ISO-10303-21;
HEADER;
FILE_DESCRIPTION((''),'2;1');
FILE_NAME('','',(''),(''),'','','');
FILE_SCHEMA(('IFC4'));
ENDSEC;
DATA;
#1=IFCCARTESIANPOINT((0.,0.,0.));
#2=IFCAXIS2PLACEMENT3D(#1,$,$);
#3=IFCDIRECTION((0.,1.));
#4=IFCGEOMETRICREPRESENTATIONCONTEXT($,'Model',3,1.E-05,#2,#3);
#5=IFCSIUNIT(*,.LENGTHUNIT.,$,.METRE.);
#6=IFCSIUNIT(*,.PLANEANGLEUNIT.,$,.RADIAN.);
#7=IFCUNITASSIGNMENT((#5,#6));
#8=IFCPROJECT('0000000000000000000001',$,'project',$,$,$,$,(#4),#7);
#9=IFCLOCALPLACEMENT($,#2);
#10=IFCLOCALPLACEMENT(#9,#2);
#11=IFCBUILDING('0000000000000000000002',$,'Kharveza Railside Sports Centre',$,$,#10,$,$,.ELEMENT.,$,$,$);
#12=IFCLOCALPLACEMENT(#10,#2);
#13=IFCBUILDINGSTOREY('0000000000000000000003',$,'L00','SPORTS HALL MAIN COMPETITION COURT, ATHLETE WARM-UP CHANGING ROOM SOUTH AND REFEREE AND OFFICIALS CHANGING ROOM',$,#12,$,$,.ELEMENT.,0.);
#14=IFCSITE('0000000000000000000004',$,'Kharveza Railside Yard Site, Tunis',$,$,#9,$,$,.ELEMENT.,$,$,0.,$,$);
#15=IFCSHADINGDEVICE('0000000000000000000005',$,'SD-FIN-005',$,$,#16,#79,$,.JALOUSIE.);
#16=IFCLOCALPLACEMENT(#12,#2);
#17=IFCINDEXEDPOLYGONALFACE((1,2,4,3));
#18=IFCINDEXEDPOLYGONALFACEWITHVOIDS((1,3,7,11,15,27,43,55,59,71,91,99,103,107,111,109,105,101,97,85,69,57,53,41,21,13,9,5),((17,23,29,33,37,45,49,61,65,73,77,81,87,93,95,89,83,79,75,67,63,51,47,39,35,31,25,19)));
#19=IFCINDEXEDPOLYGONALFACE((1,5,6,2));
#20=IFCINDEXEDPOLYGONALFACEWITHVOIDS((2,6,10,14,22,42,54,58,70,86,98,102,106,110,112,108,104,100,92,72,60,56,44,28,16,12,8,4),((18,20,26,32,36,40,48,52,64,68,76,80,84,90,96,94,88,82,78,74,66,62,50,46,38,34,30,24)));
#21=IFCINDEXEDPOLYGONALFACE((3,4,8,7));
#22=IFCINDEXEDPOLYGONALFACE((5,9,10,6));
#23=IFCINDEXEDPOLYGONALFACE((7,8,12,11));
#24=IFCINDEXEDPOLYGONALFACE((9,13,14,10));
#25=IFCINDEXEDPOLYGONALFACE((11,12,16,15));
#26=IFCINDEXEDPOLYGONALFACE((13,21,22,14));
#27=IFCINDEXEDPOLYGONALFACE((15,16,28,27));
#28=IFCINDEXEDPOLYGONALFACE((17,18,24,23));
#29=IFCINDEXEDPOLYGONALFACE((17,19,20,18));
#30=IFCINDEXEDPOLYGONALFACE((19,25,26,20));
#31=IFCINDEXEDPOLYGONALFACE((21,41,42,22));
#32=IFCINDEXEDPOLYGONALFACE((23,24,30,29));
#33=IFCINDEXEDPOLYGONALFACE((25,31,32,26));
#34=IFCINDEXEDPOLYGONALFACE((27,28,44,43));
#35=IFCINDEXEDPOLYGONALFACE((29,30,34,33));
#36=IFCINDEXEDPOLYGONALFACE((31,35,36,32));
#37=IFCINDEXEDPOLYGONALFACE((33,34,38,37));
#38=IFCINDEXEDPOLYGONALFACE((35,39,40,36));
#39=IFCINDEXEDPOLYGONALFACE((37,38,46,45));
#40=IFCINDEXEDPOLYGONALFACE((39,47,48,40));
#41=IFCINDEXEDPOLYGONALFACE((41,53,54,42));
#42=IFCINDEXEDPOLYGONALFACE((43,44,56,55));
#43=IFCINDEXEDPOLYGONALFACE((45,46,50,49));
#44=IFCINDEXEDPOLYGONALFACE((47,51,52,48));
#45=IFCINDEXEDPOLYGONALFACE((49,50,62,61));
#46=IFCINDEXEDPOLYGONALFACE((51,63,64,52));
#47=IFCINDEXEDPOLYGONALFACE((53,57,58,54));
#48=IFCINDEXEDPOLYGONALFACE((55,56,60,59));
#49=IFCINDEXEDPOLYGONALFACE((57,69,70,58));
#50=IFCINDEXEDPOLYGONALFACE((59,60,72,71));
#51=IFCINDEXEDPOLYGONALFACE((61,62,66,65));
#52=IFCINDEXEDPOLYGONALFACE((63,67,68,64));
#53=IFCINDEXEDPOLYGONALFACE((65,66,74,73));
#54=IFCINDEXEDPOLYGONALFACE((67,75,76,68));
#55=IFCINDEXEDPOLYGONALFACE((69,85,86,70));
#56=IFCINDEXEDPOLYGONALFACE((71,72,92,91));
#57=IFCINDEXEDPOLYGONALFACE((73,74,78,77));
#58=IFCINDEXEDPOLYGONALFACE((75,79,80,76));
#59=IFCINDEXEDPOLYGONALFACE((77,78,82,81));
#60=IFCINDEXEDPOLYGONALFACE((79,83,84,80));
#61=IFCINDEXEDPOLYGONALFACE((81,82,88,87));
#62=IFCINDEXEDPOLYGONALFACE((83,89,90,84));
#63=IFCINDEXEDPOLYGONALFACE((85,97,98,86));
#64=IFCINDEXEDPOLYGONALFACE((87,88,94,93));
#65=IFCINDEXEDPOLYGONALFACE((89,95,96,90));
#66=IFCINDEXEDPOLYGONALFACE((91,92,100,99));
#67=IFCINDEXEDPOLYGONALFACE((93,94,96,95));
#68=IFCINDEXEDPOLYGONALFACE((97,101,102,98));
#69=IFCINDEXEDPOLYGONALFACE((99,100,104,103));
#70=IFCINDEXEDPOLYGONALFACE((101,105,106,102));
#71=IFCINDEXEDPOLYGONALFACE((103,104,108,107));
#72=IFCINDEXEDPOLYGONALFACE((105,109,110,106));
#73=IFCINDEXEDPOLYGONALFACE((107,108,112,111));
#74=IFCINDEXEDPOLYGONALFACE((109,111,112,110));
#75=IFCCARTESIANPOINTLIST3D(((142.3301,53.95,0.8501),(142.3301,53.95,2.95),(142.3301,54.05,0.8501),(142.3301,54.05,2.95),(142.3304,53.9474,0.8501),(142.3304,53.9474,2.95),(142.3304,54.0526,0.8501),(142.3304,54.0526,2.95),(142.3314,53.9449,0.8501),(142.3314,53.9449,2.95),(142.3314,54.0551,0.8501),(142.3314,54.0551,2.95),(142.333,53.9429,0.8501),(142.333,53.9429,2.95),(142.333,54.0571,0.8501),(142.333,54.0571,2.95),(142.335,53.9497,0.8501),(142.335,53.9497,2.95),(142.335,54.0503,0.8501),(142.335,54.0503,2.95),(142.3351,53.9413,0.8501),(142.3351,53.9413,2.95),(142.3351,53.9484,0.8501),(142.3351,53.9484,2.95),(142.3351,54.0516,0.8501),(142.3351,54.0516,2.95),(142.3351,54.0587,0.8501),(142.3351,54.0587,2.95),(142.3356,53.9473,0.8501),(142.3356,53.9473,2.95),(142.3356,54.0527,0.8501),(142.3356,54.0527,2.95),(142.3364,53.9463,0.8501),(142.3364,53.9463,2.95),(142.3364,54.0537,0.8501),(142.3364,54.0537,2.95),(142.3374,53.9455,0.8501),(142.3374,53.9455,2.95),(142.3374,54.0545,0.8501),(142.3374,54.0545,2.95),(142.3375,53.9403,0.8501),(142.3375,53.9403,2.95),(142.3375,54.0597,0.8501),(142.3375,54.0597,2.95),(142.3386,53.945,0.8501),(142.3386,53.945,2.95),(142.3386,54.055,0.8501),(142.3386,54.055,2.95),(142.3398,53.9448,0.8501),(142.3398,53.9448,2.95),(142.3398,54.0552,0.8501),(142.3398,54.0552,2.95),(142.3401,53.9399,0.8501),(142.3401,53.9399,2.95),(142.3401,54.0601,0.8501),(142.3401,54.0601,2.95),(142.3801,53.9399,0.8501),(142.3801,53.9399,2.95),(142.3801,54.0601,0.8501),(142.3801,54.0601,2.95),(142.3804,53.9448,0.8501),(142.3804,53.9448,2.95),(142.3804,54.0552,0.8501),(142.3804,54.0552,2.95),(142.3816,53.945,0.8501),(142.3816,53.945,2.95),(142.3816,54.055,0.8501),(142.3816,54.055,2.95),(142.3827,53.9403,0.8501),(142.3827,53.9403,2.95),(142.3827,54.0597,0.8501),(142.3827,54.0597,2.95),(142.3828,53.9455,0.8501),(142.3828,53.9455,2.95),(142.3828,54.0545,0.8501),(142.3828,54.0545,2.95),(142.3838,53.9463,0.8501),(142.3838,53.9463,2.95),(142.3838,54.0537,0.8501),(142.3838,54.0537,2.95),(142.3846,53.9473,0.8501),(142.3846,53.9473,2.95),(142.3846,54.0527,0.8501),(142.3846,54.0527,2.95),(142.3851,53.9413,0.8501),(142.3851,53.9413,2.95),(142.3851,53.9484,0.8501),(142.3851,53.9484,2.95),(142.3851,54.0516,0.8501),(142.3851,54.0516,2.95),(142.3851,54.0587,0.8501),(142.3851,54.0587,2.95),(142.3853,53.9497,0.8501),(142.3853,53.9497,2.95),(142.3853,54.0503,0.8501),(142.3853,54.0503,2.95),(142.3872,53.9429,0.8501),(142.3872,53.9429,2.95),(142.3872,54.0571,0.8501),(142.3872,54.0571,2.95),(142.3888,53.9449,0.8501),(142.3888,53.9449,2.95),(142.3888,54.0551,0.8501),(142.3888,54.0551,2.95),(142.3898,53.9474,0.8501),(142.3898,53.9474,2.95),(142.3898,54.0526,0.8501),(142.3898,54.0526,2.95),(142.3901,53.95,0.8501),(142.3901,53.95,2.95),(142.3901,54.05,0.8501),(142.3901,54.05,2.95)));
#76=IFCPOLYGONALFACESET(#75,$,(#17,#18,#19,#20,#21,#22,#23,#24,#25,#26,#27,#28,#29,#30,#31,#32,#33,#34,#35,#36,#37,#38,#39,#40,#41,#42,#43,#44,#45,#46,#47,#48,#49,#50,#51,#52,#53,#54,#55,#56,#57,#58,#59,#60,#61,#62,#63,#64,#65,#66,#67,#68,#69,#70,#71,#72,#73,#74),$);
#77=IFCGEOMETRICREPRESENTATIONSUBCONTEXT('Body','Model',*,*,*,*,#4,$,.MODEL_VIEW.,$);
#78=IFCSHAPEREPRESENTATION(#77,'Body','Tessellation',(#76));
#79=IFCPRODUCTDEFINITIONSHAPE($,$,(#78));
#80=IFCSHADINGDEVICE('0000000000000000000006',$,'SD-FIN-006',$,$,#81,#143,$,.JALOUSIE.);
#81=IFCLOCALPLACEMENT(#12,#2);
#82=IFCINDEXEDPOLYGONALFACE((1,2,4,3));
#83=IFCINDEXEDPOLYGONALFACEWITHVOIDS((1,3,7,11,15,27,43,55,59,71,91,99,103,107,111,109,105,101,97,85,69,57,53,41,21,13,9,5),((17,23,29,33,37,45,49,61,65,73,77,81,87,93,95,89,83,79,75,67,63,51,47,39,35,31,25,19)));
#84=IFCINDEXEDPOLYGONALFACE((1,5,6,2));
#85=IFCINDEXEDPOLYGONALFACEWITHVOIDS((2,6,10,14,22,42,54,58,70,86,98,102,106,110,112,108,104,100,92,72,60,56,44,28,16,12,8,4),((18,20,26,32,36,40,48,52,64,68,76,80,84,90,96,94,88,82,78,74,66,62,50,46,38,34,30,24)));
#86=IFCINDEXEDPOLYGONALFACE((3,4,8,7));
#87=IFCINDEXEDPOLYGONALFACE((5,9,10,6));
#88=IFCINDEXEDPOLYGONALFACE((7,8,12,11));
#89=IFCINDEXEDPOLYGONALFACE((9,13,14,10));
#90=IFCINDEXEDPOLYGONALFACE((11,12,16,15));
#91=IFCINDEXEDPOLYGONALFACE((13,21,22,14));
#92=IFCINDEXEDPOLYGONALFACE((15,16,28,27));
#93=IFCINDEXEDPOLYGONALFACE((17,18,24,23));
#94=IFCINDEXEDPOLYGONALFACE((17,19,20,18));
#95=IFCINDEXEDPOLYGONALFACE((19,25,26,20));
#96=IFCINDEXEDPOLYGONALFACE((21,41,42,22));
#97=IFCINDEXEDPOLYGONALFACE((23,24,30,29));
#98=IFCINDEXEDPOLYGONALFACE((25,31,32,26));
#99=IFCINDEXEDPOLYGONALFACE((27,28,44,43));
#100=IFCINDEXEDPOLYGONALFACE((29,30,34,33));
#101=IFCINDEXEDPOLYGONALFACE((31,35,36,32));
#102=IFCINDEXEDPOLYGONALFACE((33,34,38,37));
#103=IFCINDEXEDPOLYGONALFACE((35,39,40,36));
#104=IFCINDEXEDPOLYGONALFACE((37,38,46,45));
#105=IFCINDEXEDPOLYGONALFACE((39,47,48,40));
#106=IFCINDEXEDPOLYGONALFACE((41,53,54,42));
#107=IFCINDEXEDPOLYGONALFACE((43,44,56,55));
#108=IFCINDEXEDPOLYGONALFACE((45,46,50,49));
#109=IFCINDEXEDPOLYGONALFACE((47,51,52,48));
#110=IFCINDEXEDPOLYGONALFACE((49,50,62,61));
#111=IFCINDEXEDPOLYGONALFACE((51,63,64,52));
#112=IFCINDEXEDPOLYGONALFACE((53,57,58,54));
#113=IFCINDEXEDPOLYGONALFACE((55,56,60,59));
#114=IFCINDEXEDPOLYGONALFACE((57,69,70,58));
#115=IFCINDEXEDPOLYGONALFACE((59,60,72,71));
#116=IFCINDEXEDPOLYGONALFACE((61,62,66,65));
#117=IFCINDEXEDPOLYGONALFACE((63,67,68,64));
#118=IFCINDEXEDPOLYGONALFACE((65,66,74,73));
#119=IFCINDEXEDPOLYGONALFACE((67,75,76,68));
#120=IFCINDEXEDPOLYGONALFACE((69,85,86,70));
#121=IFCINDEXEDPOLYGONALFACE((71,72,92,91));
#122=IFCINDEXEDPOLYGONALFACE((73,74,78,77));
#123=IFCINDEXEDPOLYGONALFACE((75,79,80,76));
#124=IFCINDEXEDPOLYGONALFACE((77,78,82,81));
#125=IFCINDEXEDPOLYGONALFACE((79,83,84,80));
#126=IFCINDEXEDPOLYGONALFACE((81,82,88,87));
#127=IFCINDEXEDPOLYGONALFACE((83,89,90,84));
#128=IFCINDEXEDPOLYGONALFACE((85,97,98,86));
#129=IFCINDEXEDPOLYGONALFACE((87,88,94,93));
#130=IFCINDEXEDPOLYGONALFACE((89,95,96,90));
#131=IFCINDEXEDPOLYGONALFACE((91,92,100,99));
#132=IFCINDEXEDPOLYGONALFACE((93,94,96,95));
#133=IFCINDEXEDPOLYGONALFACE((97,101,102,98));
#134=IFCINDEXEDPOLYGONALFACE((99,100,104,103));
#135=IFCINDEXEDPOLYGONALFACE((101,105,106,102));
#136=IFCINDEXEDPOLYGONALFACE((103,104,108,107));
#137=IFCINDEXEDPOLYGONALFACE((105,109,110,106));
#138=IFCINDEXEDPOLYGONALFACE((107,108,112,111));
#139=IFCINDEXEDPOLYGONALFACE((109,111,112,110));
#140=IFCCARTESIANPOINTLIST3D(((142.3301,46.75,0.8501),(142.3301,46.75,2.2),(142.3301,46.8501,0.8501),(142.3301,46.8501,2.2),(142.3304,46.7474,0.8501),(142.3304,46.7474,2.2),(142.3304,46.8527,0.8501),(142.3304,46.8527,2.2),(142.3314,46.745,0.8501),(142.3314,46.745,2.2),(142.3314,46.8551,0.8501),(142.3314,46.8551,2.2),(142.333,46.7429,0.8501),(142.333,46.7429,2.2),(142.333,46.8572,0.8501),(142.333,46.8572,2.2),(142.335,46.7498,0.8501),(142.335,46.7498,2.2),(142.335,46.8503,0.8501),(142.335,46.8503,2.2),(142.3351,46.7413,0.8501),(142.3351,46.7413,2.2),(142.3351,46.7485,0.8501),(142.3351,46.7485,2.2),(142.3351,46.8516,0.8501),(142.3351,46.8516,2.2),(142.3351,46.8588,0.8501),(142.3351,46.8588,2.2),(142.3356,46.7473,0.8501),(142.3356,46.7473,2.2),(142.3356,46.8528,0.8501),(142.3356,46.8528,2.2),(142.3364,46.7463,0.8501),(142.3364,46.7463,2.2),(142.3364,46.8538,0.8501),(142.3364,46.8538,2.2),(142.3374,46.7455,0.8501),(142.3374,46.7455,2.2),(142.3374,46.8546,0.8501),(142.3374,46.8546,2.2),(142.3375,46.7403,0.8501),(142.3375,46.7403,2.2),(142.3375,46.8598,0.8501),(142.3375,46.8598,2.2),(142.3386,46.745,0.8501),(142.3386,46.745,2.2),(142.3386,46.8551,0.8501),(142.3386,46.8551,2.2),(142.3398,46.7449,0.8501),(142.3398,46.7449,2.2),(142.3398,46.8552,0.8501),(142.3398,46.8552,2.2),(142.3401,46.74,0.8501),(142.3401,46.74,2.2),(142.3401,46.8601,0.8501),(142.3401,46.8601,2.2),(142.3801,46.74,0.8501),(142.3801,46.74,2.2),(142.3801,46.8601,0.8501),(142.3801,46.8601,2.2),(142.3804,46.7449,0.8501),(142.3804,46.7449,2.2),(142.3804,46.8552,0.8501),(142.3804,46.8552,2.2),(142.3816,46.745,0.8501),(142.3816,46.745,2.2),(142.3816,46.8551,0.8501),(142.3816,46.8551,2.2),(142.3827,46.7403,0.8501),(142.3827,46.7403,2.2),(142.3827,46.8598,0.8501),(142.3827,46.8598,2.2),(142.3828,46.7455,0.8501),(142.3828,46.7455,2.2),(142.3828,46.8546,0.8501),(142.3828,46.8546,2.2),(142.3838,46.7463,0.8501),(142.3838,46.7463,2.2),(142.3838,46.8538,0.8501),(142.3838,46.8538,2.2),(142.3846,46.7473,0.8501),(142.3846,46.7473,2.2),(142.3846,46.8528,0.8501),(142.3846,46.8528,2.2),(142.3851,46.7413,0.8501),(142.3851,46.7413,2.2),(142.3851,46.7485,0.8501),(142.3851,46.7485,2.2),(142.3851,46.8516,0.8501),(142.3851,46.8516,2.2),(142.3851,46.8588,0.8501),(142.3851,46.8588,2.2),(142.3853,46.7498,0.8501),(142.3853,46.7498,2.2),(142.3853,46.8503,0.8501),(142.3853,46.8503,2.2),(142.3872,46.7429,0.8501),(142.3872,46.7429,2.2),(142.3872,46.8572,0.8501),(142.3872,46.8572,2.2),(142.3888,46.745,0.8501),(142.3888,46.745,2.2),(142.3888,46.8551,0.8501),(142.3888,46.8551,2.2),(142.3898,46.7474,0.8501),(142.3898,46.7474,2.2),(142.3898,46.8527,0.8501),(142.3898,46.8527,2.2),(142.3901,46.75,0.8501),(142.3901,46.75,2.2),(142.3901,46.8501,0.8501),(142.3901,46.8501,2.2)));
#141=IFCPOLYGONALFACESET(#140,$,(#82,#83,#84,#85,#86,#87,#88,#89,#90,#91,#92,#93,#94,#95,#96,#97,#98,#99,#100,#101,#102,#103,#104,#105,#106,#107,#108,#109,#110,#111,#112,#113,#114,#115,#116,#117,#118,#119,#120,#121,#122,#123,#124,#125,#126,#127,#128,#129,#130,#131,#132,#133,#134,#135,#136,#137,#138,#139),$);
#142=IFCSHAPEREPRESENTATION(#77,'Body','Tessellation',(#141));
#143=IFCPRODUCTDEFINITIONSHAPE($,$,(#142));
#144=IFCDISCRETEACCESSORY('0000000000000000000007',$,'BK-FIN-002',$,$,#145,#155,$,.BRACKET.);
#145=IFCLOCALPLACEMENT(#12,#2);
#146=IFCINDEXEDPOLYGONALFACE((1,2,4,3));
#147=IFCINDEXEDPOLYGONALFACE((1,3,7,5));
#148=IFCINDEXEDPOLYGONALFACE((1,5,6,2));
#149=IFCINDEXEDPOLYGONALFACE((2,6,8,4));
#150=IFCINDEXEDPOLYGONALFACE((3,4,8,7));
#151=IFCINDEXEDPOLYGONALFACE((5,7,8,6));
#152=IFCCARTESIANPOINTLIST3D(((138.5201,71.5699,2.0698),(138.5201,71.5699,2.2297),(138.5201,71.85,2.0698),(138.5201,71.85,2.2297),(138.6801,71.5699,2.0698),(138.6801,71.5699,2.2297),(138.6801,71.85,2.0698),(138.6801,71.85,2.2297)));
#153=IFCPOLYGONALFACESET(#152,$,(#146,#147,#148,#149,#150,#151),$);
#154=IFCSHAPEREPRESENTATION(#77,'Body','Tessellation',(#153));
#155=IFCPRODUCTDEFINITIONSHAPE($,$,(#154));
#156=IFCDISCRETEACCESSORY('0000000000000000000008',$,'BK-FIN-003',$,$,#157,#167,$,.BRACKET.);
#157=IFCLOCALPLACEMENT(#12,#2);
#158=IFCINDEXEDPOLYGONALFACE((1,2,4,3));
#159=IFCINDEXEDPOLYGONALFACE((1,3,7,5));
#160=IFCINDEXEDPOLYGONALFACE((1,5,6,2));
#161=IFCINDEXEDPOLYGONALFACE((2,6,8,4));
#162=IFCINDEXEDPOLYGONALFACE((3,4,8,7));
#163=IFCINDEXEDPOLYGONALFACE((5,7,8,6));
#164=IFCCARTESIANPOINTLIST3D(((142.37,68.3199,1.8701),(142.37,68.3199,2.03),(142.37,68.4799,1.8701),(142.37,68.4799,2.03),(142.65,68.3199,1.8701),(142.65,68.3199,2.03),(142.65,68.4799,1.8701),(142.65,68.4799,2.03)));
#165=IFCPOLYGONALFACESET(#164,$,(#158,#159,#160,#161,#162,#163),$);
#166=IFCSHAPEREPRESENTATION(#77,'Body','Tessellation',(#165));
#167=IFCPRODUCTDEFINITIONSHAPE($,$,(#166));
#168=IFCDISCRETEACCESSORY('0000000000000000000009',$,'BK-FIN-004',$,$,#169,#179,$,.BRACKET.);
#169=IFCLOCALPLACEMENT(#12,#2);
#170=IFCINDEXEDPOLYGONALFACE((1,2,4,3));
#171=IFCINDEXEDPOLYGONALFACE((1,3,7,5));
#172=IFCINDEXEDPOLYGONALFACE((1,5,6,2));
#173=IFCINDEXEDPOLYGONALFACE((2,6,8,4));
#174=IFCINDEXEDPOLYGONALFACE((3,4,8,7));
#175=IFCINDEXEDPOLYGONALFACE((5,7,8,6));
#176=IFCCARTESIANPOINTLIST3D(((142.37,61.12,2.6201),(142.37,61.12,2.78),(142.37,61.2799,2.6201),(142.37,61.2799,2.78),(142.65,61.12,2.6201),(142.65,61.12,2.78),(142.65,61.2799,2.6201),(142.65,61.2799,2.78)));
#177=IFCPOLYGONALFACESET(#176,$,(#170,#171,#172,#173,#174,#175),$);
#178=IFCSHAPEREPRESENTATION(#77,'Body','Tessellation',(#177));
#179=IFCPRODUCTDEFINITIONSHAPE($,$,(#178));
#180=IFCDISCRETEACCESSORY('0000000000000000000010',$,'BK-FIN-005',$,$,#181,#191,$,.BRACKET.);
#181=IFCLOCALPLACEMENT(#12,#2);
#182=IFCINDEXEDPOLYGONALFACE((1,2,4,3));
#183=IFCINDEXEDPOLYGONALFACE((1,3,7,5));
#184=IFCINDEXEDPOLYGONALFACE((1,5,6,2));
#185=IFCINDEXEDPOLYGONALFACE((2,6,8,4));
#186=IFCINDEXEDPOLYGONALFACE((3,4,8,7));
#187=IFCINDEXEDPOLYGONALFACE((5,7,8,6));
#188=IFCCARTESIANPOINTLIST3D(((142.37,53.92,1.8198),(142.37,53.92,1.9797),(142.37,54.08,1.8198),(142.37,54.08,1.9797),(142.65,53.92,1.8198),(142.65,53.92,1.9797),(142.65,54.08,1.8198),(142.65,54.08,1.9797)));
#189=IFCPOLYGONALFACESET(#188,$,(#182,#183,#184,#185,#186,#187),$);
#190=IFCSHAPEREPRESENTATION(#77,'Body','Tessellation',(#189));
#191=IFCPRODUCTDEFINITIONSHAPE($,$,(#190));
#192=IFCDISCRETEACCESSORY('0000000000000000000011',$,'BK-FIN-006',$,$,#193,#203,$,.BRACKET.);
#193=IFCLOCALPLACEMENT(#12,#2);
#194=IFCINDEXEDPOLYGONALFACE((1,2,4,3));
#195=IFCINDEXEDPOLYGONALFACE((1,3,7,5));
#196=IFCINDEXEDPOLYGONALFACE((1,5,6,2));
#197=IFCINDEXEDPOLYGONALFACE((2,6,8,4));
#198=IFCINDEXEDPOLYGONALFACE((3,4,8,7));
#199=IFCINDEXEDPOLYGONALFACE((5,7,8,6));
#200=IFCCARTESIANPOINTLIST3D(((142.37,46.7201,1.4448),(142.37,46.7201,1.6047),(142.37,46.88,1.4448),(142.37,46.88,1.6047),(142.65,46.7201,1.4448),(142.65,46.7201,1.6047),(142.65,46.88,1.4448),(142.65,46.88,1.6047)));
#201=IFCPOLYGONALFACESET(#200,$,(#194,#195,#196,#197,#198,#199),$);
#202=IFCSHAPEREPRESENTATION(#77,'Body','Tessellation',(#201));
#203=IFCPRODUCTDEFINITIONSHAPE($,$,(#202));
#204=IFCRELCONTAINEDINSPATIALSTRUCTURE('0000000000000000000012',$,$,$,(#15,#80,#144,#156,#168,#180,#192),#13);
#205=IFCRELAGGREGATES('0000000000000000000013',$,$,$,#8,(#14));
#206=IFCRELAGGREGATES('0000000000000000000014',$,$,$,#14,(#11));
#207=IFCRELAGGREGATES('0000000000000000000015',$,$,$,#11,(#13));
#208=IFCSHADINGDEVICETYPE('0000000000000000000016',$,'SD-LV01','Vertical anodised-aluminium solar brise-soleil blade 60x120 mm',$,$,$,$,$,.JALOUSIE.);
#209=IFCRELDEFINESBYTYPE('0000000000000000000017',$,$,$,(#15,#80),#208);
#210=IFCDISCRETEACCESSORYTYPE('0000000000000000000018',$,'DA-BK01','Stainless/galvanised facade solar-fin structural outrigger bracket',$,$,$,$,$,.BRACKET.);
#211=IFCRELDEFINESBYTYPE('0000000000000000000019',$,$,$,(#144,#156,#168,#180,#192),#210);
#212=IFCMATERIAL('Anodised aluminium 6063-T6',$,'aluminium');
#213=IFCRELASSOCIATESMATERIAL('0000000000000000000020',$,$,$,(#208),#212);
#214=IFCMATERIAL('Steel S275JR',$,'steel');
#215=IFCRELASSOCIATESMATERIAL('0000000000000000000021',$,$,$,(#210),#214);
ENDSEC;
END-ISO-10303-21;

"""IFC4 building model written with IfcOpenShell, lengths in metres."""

from ifc_helpers import new_model, si_unit, direction, frame, origin, origin_2d, place, context, subcontext, project, spatial, rectangle, hollow_rectangle, extrude, material, material_profile, profile_set, type_object, element, save


model = new_model("IFC4")

# Units and contexts
model_context = context("Model", 3, precision=1e-05, world=origin(), true_north=direction((0.0, 1.0)))
body_context = subcontext(model_context, "Body", "Model", "MODEL_VIEW")
ifc_project = project(units=[si_unit("LENGTHUNIT", "METRE"), si_unit("PLANEANGLEUNIT", "RADIAN")], contexts=[model_context])

# Site, building, storey
site_placement = place(None, origin())
site = spatial("IfcSite", under=ifc_project, at=site_placement, Name="Kharveza Railside Yard Site, Tunis", CompositionType="ELEMENT", RefElevation=0.0)
building_placement = place(site_placement, origin())
building = spatial("IfcBuilding", under=site, at=building_placement, Name="Kharveza Railside Sports Centre", CompositionType="ELEMENT")
storey_placement = place(building_placement, origin())
storey = spatial("IfcBuildingStorey", under=building, at=storey_placement, Name="L00", Description="SPORTS HALL MAIN COMPETITION COURT, ATHLETE WARM-UP CHANGING ROOM SOUTH AND REFEREE AND OFFICIALS CHANGING ROOM", CompositionType="ELEMENT", Elevation=0.0)

# Shared definitions
ifc_material_1 = material(Name="Anodised aluminium 6063-T6", Category="aluminium")

# Shading devices
ifc_material_profile_1 = material_profile(ifc_material_1, hollow_rectangle(XDim=0.0601, YDim=0.1201, WallThickness=0.0049, InnerFilletRadius=0.0049, OuterFilletRadius=0.01, at=origin_2d()), Name="RHS 60x120x5.0")
ifc_profile_set_1 = profile_set([ifc_material_profile_1], Name="Anodised aluminium 6063-T6")
shading_device_type = type_object("IfcShadingDeviceType", Name="SD-LV01", Description="Vertical anodised-aluminium solar brise-soleil blade 60x120 mm", PredefinedType="JALOUSIE", material=ifc_profile_set_1)
shading_device_1_placement = place(storey_placement, frame((142.3601, 54.0, 0.8501), z_axis=(0.0, 0.0, 1.0), x_axis=(-1.0, 0.0, 0.0)))
element("IfcShadingDevice", 1, at=shading_device_1_placement, inside=storey, type_object=shading_device_type, Name="SD-FIN-005", PredefinedType="JALOUSIE", context=body_context, shape_type="SweptSolid", body=[
    extrude(hollow_rectangle(XDim=0.0601, YDim=0.1201, WallThickness=0.0049, InnerFilletRadius=0.0049, OuterFilletRadius=0.01, at=origin_2d()), origin(), (0.0, 0.0, 1.0), 2.0999),
])
shading_device_2_placement = place(storey_placement, frame((142.3601, 46.8, 0.8501), z_axis=(0.0, 0.0, 1.0), x_axis=(-1.0, 0.0, 0.0)))
element("IfcShadingDevice", 2, at=shading_device_2_placement, inside=storey, type_object=shading_device_type, Name="SD-FIN-006", PredefinedType="JALOUSIE", context=body_context, shape_type="SweptSolid", body=[
    extrude(hollow_rectangle(XDim=0.0601, YDim=0.1201, WallThickness=0.0049, InnerFilletRadius=0.0049, OuterFilletRadius=0.01, at=origin_2d()), origin(), (0.0, 0.0, 1.0), 1.3499),
])

# Discrete accessories
ifc_material_2 = material(Name="Steel S275JR", Category="steel")
discrete_accessory_type = type_object("IfcDiscreteAccessoryType", Name="DA-BK01", Description="Stainless/galvanised facade solar-fin structural outrigger bracket", PredefinedType="BRACKET", material=ifc_material_2)
for number, where, z_axis, x_axis, name in (
    (3, (138.6001, 71.71, 2.0698), (0.0, 0.0, 1.0), (0.0, -1.0, 0.0), "BK-FIN-002"),
    (4, (142.51, 68.3999, 1.8701), (0.0, 0.0, 1.0), (-1.0, 0.0, 0.0), "BK-FIN-003"),
    (5, (142.51, 61.2, 2.6201), (0.0, 0.0, 1.0), (-1.0, 0.0, 0.0), "BK-FIN-004"),
    (6, (142.51, 54.0, 1.8198), (0.0, 0.0, 1.0), (-1.0, 0.0, 0.0), "BK-FIN-005"),
    (7, (142.51, 46.8, 1.4448), (0.0, 0.0, 1.0), (-1.0, 0.0, 0.0), "BK-FIN-006"),
):
    element("IfcDiscreteAccessory", number, at=place(storey_placement, frame(where, z_axis=z_axis, x_axis=x_axis)), inside=storey, type_object=discrete_accessory_type, Name=name, PredefinedType="BRACKET", context=body_context, shape_type="SweptSolid", body=[
        extrude(rectangle(XDim=0.28, YDim=0.1599, at=origin_2d()), origin(), (0.0, 0.0, 1.0), 0.1599),
    ])

save(model, "model.ifc")
